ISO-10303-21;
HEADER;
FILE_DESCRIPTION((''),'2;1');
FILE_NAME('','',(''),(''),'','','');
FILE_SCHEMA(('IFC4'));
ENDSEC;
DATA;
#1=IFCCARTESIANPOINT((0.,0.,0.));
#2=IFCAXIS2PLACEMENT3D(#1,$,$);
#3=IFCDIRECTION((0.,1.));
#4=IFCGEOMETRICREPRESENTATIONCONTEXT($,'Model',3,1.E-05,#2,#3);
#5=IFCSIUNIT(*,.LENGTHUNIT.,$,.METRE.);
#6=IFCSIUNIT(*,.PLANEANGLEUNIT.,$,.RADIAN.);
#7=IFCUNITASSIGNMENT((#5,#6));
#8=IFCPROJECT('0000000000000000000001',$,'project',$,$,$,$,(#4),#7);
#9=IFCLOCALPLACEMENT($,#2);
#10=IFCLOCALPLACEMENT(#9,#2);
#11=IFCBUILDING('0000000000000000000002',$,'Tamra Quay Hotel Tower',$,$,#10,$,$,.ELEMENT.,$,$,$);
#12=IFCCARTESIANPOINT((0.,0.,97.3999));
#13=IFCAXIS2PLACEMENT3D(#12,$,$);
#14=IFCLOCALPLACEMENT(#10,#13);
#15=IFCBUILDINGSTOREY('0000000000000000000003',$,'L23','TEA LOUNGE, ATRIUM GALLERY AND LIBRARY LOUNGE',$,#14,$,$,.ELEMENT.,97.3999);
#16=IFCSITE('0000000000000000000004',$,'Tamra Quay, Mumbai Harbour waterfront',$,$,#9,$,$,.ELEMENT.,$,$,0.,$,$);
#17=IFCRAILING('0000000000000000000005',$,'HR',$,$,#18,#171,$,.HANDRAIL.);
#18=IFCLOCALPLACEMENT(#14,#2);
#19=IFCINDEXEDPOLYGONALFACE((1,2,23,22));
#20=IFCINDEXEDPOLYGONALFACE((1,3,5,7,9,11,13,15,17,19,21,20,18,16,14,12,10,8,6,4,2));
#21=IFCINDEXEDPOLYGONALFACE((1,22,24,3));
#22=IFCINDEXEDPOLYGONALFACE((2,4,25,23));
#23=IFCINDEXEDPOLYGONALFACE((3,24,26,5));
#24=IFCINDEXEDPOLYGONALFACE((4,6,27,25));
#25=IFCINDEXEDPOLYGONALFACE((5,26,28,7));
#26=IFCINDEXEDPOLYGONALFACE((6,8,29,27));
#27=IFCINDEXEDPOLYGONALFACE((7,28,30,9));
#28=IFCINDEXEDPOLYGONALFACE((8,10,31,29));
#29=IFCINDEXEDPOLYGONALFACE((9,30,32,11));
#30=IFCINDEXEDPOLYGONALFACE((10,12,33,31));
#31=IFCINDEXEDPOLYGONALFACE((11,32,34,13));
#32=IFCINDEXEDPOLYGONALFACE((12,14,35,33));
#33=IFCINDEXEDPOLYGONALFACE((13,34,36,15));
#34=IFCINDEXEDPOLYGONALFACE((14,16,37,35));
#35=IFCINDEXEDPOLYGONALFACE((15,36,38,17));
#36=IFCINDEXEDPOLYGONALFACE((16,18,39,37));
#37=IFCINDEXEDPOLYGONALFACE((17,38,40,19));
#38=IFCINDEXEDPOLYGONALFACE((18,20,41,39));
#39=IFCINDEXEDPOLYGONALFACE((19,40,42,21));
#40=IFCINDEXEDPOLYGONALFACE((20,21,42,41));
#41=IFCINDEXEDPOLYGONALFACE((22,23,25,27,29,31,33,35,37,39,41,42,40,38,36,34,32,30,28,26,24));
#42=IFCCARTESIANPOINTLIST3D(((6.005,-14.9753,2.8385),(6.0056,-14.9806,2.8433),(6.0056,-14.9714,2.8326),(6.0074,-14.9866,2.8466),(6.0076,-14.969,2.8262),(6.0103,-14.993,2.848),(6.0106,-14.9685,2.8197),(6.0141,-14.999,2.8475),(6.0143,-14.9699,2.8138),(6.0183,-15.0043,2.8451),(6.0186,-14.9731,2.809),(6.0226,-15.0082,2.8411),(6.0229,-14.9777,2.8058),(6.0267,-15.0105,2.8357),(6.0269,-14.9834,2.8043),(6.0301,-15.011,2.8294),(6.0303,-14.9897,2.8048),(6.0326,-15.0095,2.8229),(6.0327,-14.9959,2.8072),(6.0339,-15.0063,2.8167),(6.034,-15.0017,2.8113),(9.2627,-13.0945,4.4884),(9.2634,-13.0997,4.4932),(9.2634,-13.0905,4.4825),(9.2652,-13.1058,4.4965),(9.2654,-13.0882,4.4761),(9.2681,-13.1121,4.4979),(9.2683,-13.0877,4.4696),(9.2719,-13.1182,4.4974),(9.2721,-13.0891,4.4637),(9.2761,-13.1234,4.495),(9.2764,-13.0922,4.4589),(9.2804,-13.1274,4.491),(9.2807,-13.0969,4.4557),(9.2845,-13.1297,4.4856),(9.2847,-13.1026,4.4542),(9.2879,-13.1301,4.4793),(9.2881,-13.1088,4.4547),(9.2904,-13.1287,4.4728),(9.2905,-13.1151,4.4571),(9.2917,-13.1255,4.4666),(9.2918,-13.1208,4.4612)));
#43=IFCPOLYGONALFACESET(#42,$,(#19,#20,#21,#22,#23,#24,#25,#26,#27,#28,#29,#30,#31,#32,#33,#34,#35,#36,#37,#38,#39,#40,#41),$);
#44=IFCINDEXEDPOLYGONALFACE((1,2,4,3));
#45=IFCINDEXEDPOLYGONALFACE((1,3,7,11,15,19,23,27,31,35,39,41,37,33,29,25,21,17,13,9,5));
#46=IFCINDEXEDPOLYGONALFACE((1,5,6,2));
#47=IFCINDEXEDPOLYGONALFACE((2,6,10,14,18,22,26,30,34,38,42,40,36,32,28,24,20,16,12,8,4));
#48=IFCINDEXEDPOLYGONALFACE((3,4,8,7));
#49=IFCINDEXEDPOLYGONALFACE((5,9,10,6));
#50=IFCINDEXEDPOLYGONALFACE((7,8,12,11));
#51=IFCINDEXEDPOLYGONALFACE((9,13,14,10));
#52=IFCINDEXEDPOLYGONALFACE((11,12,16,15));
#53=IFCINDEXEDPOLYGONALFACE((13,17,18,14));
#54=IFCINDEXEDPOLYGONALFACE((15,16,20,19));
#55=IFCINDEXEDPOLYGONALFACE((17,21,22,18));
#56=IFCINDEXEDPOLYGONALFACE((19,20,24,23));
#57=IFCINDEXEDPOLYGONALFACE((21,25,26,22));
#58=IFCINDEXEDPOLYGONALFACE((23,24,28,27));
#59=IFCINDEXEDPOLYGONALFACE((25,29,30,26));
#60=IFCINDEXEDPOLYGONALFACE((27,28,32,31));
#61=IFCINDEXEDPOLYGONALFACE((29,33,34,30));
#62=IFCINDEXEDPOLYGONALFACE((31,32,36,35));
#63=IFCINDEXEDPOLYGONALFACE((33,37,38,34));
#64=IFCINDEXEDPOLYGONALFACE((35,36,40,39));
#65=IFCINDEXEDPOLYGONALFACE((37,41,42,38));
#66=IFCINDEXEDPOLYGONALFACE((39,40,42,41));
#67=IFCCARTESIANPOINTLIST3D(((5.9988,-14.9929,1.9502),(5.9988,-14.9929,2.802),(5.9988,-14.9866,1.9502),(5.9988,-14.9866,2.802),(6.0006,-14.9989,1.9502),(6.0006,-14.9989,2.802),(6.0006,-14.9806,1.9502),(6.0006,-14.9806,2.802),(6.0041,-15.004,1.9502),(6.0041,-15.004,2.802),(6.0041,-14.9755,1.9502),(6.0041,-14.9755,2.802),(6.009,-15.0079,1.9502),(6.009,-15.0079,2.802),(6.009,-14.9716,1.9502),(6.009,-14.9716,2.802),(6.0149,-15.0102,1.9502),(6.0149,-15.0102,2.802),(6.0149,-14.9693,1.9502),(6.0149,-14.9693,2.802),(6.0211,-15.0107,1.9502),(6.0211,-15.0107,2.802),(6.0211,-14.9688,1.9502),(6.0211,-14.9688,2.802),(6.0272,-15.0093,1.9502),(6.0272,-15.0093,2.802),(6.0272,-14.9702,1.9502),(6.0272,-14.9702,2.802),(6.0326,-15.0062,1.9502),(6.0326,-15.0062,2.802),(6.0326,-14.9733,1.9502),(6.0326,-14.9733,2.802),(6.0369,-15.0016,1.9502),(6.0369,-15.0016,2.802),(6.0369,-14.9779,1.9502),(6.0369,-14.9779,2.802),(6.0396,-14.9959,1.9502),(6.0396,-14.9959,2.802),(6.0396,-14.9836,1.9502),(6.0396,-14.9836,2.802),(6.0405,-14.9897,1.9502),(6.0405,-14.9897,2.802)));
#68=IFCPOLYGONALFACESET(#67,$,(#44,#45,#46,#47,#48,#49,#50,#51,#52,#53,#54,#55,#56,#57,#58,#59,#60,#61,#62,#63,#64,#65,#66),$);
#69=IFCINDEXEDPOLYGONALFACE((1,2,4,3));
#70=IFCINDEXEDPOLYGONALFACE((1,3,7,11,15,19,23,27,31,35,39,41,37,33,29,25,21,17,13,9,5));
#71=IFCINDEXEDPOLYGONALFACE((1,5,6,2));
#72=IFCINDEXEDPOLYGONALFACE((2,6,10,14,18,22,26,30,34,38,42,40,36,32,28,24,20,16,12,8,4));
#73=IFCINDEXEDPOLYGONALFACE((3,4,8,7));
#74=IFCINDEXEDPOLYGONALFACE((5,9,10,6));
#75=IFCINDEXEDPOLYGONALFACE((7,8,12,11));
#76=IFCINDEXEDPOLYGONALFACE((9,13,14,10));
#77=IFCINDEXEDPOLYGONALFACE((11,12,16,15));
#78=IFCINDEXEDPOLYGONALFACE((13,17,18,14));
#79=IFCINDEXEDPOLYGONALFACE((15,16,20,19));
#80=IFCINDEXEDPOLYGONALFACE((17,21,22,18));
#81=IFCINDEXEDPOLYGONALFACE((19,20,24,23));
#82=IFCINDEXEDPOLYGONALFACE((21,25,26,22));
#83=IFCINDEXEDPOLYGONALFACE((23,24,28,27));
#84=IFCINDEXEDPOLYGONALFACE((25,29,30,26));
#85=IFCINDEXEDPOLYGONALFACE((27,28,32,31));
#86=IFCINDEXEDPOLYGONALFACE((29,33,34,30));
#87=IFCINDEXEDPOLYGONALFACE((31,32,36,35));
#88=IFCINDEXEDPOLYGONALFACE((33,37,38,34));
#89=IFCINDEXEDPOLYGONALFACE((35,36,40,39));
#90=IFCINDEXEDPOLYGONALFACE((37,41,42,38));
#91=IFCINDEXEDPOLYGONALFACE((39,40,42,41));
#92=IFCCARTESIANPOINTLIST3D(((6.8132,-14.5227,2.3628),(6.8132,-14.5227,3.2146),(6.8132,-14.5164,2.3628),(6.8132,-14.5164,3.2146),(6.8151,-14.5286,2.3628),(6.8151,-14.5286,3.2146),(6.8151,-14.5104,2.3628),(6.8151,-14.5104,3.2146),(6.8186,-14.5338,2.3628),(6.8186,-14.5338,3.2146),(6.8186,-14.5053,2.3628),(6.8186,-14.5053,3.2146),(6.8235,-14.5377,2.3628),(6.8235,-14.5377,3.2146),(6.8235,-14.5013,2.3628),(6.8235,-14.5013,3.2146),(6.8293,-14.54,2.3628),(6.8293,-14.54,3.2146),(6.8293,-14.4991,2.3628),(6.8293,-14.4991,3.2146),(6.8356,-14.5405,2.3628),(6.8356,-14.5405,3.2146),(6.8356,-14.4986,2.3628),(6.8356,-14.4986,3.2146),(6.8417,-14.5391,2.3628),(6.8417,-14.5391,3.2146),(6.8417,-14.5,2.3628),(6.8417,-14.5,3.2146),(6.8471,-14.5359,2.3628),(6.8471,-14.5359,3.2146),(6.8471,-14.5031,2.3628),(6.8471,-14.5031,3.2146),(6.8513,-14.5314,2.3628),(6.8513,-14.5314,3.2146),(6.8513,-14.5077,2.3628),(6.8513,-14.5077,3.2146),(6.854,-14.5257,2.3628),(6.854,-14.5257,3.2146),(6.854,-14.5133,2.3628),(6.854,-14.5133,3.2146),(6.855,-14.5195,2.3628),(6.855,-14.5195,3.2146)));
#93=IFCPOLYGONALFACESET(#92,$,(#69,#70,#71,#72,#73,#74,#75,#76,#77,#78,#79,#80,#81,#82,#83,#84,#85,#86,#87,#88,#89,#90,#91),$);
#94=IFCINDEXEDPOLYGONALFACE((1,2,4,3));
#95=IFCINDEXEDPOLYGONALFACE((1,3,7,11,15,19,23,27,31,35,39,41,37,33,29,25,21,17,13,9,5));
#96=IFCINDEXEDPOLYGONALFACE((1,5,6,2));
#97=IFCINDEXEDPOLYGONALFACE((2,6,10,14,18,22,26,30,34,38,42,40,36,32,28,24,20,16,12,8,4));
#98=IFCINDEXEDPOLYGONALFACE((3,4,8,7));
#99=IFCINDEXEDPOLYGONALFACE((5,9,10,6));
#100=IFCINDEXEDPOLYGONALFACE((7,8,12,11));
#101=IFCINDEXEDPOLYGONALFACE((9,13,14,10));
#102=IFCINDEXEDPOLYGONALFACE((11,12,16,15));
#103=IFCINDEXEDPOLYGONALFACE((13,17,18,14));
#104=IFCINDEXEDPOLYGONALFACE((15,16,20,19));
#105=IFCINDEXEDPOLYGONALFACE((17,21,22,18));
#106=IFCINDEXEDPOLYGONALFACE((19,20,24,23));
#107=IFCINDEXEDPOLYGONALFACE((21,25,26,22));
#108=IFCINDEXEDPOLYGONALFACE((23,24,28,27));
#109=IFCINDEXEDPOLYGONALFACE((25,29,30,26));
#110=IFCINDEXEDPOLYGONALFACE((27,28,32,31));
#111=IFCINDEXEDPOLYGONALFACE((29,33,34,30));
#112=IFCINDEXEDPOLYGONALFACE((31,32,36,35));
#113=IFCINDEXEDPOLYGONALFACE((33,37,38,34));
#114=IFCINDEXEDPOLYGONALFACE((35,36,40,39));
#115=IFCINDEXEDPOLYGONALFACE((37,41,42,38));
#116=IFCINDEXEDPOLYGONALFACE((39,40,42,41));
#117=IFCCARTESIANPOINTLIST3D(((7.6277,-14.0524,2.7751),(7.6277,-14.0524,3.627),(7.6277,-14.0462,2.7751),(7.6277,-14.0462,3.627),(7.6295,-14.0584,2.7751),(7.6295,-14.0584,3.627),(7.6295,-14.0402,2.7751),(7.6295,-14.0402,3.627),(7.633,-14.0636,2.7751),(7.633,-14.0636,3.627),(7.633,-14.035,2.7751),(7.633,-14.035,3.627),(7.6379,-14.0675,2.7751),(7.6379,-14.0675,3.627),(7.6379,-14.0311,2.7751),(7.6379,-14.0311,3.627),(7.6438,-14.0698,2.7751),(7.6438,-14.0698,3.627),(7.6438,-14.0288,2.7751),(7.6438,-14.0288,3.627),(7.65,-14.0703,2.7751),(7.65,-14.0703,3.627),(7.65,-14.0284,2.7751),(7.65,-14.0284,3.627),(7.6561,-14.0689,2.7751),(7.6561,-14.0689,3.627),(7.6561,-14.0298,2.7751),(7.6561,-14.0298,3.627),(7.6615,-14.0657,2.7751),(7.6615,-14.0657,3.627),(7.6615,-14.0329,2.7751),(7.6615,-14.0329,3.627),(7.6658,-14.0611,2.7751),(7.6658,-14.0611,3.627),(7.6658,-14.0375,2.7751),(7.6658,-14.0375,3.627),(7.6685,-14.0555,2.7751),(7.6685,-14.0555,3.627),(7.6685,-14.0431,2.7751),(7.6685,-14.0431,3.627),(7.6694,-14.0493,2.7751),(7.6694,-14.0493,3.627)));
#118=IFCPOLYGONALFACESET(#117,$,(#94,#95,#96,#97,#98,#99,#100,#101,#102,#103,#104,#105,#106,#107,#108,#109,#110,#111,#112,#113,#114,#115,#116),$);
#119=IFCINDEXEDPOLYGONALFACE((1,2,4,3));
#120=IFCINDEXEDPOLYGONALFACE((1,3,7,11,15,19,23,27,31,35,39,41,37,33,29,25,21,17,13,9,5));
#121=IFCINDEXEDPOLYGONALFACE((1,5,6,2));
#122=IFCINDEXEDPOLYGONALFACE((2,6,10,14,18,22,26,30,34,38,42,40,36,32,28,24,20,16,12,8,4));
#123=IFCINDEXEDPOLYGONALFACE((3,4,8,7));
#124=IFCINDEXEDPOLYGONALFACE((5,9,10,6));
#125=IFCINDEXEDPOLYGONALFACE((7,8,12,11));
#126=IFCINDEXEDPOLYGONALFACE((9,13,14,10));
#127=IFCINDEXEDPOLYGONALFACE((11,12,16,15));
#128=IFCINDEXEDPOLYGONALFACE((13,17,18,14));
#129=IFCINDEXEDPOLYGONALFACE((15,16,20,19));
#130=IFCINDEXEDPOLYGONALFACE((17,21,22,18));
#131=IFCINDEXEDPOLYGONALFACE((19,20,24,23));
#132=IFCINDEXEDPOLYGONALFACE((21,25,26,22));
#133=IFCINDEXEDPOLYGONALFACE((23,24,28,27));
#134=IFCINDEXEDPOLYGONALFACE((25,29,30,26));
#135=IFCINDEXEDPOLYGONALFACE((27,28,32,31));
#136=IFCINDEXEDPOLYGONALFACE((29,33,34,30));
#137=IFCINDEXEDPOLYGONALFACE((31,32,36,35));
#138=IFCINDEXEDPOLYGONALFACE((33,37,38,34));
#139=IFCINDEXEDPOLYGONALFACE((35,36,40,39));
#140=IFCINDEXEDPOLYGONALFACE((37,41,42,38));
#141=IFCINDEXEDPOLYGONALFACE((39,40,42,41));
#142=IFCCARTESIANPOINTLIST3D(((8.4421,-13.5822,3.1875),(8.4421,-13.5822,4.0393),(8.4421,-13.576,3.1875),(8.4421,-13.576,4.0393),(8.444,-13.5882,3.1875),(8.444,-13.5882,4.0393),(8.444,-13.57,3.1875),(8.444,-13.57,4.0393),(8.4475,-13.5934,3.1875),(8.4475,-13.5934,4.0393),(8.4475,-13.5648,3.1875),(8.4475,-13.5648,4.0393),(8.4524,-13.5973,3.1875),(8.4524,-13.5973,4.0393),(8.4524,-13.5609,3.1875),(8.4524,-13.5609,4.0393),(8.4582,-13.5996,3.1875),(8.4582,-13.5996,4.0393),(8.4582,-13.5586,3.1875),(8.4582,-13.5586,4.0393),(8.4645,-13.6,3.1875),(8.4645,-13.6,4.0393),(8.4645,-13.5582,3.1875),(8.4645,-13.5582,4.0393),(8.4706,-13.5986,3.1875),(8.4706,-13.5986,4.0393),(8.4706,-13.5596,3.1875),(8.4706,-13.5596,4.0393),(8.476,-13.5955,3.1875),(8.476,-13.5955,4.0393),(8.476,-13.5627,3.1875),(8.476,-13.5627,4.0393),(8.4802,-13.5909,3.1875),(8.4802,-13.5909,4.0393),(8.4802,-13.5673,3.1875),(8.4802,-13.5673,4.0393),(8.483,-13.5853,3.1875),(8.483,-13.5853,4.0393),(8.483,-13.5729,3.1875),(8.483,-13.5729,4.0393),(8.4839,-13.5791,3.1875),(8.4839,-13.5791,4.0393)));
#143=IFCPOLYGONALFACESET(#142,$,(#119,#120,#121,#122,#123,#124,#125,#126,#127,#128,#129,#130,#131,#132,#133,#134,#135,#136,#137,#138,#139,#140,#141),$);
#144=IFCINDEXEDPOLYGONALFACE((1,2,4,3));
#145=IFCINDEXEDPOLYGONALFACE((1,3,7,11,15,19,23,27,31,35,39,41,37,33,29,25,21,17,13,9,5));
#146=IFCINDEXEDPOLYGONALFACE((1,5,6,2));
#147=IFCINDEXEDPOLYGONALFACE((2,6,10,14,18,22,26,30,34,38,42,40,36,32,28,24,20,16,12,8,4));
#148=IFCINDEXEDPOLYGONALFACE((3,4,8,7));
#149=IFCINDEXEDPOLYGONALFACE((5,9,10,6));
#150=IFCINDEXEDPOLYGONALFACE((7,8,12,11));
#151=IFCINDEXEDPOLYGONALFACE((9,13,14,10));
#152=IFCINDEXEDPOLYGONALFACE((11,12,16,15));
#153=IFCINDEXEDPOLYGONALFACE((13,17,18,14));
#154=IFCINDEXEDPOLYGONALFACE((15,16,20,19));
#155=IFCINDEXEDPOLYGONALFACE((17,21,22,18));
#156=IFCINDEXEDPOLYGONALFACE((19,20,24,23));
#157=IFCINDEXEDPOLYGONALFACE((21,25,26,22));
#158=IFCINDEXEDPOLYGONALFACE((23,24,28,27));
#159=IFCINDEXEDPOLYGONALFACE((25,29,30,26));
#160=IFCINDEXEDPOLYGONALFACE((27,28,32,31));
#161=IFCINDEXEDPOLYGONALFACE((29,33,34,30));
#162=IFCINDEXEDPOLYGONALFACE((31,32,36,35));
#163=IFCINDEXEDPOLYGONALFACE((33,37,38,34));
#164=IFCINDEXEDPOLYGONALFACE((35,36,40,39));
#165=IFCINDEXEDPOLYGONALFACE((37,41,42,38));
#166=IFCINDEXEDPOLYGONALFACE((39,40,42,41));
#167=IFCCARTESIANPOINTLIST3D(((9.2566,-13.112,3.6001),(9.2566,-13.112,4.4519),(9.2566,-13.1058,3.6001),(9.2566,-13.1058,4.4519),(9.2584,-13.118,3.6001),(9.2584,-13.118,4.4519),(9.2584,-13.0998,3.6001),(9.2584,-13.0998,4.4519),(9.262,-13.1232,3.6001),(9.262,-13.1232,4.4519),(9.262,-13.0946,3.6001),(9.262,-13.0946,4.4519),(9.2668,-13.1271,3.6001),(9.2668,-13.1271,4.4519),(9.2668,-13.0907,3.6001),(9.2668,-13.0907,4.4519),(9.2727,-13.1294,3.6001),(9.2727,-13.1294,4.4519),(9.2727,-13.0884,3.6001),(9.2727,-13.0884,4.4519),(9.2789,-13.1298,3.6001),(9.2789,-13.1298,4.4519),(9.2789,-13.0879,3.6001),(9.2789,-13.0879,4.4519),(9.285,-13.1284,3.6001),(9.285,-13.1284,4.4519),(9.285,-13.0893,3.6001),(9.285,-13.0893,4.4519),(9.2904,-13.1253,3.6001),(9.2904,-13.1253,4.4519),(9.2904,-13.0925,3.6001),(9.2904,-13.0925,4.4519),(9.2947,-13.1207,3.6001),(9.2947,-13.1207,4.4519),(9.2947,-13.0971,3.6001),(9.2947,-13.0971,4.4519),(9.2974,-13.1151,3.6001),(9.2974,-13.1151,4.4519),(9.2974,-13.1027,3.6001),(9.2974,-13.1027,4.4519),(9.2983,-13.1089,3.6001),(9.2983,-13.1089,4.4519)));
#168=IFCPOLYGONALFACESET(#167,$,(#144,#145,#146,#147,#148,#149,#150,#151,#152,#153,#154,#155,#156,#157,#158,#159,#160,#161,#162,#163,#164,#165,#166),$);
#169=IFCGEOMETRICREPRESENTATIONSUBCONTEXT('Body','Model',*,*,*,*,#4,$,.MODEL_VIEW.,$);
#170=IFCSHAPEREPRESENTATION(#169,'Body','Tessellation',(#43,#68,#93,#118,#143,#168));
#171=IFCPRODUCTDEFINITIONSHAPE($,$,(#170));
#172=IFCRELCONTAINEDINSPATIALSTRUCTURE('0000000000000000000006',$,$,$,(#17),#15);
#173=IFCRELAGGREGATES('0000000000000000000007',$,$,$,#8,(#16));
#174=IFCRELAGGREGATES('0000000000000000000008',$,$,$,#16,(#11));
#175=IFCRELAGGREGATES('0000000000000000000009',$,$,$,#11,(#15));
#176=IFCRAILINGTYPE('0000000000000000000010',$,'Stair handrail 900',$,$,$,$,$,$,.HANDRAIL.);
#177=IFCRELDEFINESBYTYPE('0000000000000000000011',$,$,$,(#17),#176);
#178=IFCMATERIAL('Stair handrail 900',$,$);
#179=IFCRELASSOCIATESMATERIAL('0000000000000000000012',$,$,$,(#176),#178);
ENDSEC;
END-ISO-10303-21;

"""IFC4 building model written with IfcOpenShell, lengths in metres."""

from ifc_helpers import new_model, si_unit, direction, frame, origin, origin_2d, place, context, subcontext, project, spatial, circle, extrude, material, type_object, element, save


model = new_model("IFC4")

# Units and contexts
model_context = context("Model", 3, precision=1e-05, world=origin(), true_north=direction((0.0, 1.0)))
body_context = subcontext(model_context, "Body", "Model", "MODEL_VIEW")
ifc_project = project(units=[si_unit("LENGTHUNIT", "METRE"), si_unit("PLANEANGLEUNIT", "RADIAN")], contexts=[model_context])

# Site, building, storey
site_placement = place(None, origin())
site = spatial("IfcSite", under=ifc_project, at=site_placement, Name="Tamra Quay, Mumbai Harbour waterfront", CompositionType="ELEMENT", RefElevation=0.0)
building_placement = place(site_placement, origin())
building = spatial("IfcBuilding", under=site, at=building_placement, Name="Tamra Quay Hotel Tower", CompositionType="ELEMENT")
storey_placement = place(building_placement, frame((0.0, 0.0, 97.3999)))
storey = spatial("IfcBuildingStorey", under=building, at=storey_placement, Name="L23", Description="TEA LOUNGE, ATRIUM GALLERY AND LIBRARY LOUNGE", CompositionType="ELEMENT", Elevation=97.3999)

# Railing
ifc_material_1 = material(Name="Stair handrail 900")
railing_type_1 = type_object("IfcRailingType", Name="Stair handrail 900", PredefinedType="HANDRAIL", material=ifc_material_1)
railing_1_placement = place(storey_placement, frame((6.0195, -14.9897, 1.9502)))
element("IfcRailing", 1, at=railing_1_placement, inside=storey, type_object=railing_type_1, Name="HR", PredefinedType="HANDRAIL", context=body_context, shape_type="SweptSolid", body=[
    extrude(circle(Radius=0.0239, at=origin_2d()), frame((0.0, 0.0, 0.876), z_axis=(0.7931, 0.457887, 0.401661), x_axis=(-0.499992, 0.86603, 0.0)), (0.0, 0.0, 1.0), 4.1077),
    extrude(circle(Radius=0.021, at=origin_2d()), origin(), (0.0, 0.0, 1.0), 0.8518),
    extrude(circle(Radius=0.021, at=origin_2d()), frame((0.8145, 0.4702, 0.4126)), (0.0, 0.0, 1.0), 0.8518),
    extrude(circle(Radius=0.021, at=origin_2d()), frame((1.6289, 0.9404, 0.825)), (0.0, 0.0, 1.0), 0.8518),
    extrude(circle(Radius=0.021, at=origin_2d()), frame((2.4434, 1.4106, 1.2373)), (0.0, 0.0, 1.0), 0.8518),
    extrude(circle(Radius=0.021, at=origin_2d()), frame((3.2578, 1.8809, 1.6499)), (0.0, 0.0, 1.0), 0.8518),
])

save(model, "model.ifc")
